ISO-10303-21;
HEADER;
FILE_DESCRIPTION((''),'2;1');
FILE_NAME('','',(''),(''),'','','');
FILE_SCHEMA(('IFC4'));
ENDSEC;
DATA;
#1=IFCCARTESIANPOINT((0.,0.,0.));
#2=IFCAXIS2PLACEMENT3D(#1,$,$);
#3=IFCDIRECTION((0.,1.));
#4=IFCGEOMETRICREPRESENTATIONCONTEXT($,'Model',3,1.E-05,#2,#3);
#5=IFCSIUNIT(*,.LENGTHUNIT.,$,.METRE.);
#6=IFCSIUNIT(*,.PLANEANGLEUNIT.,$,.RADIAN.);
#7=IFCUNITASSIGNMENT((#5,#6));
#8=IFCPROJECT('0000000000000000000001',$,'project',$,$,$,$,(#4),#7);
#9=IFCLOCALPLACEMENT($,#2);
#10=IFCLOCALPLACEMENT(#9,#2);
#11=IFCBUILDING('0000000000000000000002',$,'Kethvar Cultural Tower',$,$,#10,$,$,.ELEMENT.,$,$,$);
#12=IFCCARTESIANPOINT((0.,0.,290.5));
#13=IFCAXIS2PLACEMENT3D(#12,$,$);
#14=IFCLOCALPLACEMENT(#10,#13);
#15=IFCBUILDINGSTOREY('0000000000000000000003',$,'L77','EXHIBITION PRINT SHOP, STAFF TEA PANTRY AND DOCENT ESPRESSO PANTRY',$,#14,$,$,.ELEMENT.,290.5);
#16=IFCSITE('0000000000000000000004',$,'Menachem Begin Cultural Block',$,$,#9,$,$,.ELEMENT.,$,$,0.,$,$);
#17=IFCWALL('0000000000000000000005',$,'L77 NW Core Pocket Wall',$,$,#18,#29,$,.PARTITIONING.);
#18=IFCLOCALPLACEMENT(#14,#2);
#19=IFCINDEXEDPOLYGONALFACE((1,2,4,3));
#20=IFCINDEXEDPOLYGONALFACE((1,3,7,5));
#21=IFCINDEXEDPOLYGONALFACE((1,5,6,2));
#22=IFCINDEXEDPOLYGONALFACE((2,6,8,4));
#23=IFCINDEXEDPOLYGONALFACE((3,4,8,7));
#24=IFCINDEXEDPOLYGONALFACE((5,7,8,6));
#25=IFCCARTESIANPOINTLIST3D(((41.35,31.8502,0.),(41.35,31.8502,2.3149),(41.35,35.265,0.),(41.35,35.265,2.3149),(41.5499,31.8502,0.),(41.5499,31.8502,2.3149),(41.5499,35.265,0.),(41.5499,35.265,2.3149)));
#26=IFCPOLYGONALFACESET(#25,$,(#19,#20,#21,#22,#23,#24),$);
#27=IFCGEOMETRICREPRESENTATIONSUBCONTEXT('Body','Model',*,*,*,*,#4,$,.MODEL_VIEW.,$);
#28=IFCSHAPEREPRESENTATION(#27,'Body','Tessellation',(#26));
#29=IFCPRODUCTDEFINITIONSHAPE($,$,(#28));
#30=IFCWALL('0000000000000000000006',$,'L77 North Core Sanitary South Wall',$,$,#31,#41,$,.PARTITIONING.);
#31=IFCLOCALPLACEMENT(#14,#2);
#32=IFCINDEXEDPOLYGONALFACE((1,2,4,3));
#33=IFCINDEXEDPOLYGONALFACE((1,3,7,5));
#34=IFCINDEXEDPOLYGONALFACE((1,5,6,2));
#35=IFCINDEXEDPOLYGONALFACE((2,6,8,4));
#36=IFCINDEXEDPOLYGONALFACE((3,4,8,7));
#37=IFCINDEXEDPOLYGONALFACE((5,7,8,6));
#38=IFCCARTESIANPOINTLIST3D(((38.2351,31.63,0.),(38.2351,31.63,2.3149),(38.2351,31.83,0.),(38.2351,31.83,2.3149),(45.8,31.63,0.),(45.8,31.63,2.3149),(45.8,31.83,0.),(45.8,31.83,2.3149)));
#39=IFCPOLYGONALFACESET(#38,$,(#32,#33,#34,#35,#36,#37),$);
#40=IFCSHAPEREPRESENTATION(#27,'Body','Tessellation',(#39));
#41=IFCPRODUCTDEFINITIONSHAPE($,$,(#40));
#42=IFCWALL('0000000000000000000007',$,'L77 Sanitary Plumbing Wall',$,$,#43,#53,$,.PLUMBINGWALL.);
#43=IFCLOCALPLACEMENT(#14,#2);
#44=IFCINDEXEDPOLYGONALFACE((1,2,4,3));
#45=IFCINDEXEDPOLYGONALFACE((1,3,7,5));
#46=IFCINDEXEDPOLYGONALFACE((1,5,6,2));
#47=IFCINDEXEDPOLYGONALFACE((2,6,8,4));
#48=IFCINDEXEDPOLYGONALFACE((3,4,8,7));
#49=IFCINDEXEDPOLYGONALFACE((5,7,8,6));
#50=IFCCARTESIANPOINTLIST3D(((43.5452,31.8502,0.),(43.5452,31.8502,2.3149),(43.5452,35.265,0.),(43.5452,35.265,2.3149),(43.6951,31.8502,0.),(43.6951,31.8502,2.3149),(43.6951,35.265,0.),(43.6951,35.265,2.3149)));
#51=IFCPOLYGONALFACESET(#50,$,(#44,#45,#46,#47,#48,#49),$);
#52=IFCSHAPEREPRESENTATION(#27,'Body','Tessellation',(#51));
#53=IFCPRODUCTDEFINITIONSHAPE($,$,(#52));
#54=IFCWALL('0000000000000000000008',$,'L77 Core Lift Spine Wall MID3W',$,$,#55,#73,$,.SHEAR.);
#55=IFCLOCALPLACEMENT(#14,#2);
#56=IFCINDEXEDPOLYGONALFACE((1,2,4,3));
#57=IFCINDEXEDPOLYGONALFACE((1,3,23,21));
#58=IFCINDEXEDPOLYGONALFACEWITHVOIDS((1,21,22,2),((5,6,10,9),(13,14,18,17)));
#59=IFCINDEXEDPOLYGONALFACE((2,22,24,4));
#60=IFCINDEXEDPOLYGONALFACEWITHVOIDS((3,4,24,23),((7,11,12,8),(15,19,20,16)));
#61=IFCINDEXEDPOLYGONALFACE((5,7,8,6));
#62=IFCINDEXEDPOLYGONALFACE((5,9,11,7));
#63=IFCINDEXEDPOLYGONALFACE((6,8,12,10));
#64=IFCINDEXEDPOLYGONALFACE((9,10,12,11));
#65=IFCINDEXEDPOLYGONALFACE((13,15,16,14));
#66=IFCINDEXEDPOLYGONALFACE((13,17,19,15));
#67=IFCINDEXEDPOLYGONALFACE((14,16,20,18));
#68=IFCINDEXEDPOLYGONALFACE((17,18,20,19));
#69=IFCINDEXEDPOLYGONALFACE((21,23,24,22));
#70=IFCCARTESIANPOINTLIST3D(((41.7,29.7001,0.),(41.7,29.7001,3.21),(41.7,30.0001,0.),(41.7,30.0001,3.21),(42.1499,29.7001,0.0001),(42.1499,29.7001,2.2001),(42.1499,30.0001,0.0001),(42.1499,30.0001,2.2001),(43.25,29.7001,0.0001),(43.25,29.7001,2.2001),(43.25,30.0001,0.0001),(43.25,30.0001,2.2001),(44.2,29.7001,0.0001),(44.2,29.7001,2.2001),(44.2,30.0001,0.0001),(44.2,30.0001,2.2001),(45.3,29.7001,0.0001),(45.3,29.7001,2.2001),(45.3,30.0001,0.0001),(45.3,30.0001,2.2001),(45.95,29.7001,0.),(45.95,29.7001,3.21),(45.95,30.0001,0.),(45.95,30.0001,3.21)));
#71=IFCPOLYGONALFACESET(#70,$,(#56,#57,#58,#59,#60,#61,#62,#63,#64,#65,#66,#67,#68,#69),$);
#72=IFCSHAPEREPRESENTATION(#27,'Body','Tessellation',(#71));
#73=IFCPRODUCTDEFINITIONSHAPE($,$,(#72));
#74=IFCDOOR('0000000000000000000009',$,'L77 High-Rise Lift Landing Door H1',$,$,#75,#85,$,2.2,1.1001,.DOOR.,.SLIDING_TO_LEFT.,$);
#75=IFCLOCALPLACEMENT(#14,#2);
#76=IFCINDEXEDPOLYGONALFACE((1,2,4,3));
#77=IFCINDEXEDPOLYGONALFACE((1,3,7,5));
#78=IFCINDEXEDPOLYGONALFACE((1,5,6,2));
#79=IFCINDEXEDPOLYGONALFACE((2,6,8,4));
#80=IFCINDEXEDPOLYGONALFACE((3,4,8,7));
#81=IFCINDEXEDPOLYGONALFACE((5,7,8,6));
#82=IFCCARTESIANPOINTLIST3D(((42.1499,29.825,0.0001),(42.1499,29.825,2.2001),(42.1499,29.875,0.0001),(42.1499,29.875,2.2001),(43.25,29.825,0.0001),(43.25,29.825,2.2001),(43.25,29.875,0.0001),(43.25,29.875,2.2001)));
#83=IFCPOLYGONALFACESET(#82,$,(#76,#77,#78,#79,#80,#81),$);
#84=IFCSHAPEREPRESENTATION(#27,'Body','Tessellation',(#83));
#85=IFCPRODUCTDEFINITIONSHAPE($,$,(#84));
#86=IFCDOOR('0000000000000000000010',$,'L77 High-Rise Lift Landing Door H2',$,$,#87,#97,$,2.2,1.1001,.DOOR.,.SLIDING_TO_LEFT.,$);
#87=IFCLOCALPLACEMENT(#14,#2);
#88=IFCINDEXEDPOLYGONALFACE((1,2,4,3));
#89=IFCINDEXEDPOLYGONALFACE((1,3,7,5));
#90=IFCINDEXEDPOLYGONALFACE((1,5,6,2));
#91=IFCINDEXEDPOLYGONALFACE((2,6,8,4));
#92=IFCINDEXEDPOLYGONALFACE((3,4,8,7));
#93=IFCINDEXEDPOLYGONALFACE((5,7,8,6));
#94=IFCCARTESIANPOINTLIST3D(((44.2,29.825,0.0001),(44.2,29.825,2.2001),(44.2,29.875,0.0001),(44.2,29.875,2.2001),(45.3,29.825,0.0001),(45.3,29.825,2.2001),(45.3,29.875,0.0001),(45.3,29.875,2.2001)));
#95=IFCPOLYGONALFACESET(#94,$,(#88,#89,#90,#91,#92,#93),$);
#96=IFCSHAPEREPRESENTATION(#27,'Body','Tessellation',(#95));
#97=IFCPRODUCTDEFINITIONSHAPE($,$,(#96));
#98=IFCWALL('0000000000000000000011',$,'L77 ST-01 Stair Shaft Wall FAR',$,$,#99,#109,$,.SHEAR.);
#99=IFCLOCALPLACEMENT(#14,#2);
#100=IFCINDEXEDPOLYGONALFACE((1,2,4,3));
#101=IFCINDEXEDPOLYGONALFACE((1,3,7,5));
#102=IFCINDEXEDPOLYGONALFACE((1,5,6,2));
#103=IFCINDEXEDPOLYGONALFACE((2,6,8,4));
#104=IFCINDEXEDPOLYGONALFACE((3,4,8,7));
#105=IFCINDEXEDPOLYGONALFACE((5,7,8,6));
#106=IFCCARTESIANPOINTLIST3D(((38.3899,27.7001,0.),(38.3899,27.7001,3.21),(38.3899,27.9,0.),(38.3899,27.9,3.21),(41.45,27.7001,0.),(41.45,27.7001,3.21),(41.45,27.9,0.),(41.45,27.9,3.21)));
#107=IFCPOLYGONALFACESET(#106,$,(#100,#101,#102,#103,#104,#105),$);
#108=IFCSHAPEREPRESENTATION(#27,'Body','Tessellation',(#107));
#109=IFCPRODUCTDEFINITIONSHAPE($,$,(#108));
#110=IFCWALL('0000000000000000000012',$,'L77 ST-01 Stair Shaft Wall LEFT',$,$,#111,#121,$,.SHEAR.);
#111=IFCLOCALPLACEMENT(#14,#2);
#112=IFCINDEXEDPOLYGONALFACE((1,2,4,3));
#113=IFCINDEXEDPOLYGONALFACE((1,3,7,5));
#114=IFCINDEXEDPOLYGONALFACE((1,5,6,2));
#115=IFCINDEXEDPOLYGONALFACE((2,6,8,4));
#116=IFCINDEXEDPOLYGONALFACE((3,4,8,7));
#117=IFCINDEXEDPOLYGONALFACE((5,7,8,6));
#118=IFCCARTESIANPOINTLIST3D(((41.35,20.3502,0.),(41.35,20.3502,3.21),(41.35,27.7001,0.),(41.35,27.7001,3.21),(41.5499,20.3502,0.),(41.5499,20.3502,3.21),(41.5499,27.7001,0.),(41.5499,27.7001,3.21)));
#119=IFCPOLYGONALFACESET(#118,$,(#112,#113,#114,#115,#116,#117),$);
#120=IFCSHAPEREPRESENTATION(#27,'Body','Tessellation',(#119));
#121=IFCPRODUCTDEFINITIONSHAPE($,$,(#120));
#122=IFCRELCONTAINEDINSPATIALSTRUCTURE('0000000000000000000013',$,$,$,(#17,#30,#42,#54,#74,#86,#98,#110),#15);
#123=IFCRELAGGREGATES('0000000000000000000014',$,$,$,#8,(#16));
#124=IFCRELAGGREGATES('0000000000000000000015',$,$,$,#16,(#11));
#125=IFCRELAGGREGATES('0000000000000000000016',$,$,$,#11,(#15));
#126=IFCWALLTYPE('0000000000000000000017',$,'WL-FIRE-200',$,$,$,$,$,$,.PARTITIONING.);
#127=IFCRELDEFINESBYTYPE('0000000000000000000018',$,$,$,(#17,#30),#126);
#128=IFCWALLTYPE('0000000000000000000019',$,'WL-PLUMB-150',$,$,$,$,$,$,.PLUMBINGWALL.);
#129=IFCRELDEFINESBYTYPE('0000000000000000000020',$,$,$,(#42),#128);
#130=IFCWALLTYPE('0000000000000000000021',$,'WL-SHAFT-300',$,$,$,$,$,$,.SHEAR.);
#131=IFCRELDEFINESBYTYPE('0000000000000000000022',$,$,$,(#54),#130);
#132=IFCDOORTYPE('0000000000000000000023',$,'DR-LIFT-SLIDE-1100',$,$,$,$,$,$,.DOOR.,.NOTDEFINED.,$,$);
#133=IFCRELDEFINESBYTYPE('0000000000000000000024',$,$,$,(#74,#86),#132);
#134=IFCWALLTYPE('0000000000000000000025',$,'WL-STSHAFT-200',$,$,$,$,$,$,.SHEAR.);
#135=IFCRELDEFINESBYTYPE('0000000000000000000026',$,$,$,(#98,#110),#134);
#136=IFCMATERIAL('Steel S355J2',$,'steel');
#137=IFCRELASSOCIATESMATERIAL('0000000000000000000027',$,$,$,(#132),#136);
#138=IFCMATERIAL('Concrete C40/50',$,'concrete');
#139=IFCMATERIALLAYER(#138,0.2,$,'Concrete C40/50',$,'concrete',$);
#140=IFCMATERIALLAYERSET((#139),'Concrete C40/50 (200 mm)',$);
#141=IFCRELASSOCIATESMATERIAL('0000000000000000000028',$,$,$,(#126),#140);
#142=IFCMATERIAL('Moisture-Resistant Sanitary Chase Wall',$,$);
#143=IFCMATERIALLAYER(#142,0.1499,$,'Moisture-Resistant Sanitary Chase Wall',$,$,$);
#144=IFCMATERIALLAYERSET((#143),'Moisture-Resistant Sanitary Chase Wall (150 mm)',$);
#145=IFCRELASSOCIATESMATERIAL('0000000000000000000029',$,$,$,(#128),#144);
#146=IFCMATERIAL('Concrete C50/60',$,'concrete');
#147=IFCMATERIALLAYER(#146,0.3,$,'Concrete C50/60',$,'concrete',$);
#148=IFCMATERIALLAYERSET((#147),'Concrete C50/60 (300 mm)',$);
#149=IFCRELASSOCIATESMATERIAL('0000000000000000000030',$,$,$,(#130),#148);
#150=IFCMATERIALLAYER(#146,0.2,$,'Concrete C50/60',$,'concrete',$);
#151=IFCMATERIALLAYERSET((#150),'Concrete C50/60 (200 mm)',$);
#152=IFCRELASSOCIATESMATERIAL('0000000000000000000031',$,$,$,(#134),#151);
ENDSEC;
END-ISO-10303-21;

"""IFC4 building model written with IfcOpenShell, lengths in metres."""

from ifc_helpers import new_model, si_unit, direction, frame, frame_2d, origin, place, context, subcontext, project, spatial, rectangle, extrude, source, transform, mapped, material, layer, layer_set, type_object, element, fill, save


model = new_model("IFC4")

# Units and contexts
model_context = context("Model", 3, precision=1e-05, world=origin(), true_north=direction((0.0, 1.0)))
body_context = subcontext(model_context, "Body", "Model", "MODEL_VIEW")
ifc_project = project(units=[si_unit("LENGTHUNIT", "METRE"), si_unit("PLANEANGLEUNIT", "RADIAN")], contexts=[model_context])

# Site, building, storey
site_placement = place(None, origin())
site = spatial("IfcSite", under=ifc_project, at=site_placement, Name="Menachem Begin Cultural Block", CompositionType="ELEMENT", RefElevation=0.0)
building_placement = place(site_placement, origin())
building = spatial("IfcBuilding", under=site, at=building_placement, Name="Kethvar Cultural Tower", CompositionType="ELEMENT")
storey_placement = place(building_placement, frame((0.0, 0.0, 290.5)))
storey = spatial("IfcBuildingStorey", under=building, at=storey_placement, Name="L77", Description="EXHIBITION PRINT SHOP, STAFF TEA PANTRY AND DOCENT ESPRESSO PANTRY", CompositionType="ELEMENT", Elevation=290.5)

# Shared definitions
ifc_material_1 = material(Name="Steel S355J2", Category="steel")

# Shared definitions
ifc_material_2 = material(Name="Concrete C50/60", Category="concrete")
door_type_1 = type_object("IfcDoorType", Name="DR-LIFT-SLIDE-1100", OperationType="NOTDEFINED", PredefinedType="DOOR", material=ifc_material_1)
shared_shape_1 = source(origin(), body_context, "Body", "SweptSolid", [
    extrude(rectangle(XDim=1.1001, YDim=2.2, at=frame_2d((0.55, 1.1001))), frame((0.0, 0.0249, 0.0), z_axis=(0.0, -1.0, 0.0), x_axis=(1.0, 0.0, 0.0)), (0.0, 0.0, 1.0), 0.05),
])

# Shared definitions
ifc_material_3 = material(Name="Concrete C40/50", Category="concrete")
ifc_layer_1 = layer(ifc_material_3, 0.2, Name="Concrete C40/50", Category="concrete")
ifc_layer_set_1 = layer_set([ifc_layer_1], Name="Concrete C40/50 (200 mm)")
wall_type_1 = type_object("IfcWallType", Name="WL-FIRE-200", PredefinedType="PARTITIONING", material=ifc_layer_set_1)

# Walls
wall_1_placement = place(storey_placement, frame((41.45, 31.8501, 0.0), z_axis=(0.0, 0.0, 1.0), x_axis=(0.0, 1.0, 0.0)))
element("IfcWall", 1, at=wall_1_placement, inside=storey, type_object=wall_type_1, Name="L77 NW Core Pocket Wall", PredefinedType="PARTITIONING", context=body_context, shape_type="SweptSolid", body=[
    extrude(rectangle(XDim=3.4148, YDim=0.2, at=frame_2d((1.7075, 0.0))), origin(), (0.0, 0.0, 1.0), 2.3149),
])
wall_2_placement = place(storey_placement, frame((38.2351, 31.73, 0.0), z_axis=(0.0, 0.0, 1.0), x_axis=(1.0, 0.0, 0.0)))
element("IfcWall", 2, at=wall_2_placement, inside=storey, type_object=wall_type_1, Name="L77 North Core Sanitary South Wall", PredefinedType="PARTITIONING", context=body_context, shape_type="SweptSolid", body=[
    extrude(rectangle(XDim=7.5649, YDim=0.2, at=frame_2d((3.7825, 0.0))), origin(), (0.0, 0.0, 1.0), 2.3149),
])
ifc_material_4 = material(Name="Moisture-Resistant Sanitary Chase Wall")
ifc_layer_2 = layer(ifc_material_4, 0.1499, Name="Moisture-Resistant Sanitary Chase Wall")
ifc_layer_set_2 = layer_set([ifc_layer_2], Name="Moisture-Resistant Sanitary Chase Wall (150 mm)")
wall_type_2 = type_object("IfcWallType", Name="WL-PLUMB-150", PredefinedType="PLUMBINGWALL", material=ifc_layer_set_2)
wall_3_placement = place(storey_placement, frame((43.6201, 31.8501, 0.0), z_axis=(0.0, 0.0, 1.0), x_axis=(0.0, 1.0, 0.0)))
element("IfcWall", 3, at=wall_3_placement, inside=storey, type_object=wall_type_2, Name="L77 Sanitary Plumbing Wall", PredefinedType="PLUMBINGWALL", context=body_context, shape_type="SweptSolid", body=[
    extrude(rectangle(XDim=3.4148, YDim=0.1499, at=frame_2d((1.7075, 0.0))), origin(), (0.0, 0.0, 1.0), 2.3149),
])

# Shared definitions
ifc_layer_3 = layer(ifc_material_2, 0.3, Name="Concrete C50/60", Category="concrete")
ifc_layer_set_3 = layer_set([ifc_layer_3], Name="Concrete C50/60 (300 mm)")
wall_type_3 = type_object("IfcWallType", Name="WL-SHAFT-300", PredefinedType="SHEAR", material=ifc_layer_set_3)

# Wall, openings, doors
wall_4_placement = place(storey_placement, frame((41.7, 29.8501, 0.0), z_axis=(0.0, 0.0, 1.0), x_axis=(1.0, 0.0, 0.0)))
wall_4 = element("IfcWall", 4, at=wall_4_placement, inside=storey, type_object=wall_type_3, Name="L77 Core Lift Spine Wall MID3W", PredefinedType="SHEAR", context=body_context, shape_type="SweptSolid", body=[
    extrude(rectangle(XDim=4.25, YDim=0.3, at=frame_2d((2.125, 0.0))), origin(), (0.0, 0.0, 1.0), 3.21),
])
opening_1_placement = place(wall_4_placement, frame((0.45, 0.0, 0.0)))
opening_1 = element("IfcOpeningElement", 5, at=opening_1_placement, cuts=wall_4, PredefinedType="OPENING", context=body_context, shape_type="SweptSolid", body=[
    extrude(rectangle(XDim=1.1001, YDim=2.2, at=frame_2d((0.55, 1.1001))), frame((0.0, 0.1599, 0.0), z_axis=(0.0, -1.0, 0.0), x_axis=(1.0, 0.0, 0.0)), (0.0, 0.0, 1.0), 0.3201),
])
opening_2_placement = place(wall_4_placement, frame((2.5, 0.0, 0.0)))
opening_2 = element("IfcOpeningElement", 6, at=opening_2_placement, cuts=wall_4, PredefinedType="OPENING", context=body_context, shape_type="SweptSolid", body=[
    extrude(rectangle(XDim=1.1001, YDim=2.2, at=frame_2d((0.55, 1.1001))), frame((0.0, 0.1599, 0.0), z_axis=(0.0, -1.0, 0.0), x_axis=(1.0, 0.0, 0.0)), (0.0, 0.0, 1.0), 0.3201),
])
door_1_placement = place(opening_1_placement, origin())
door_1 = element("IfcDoor", 7, at=door_1_placement, inside=storey, type_object=door_type_1, Name="L77 High-Rise Lift Landing Door H1", OperationType="SLIDING_TO_LEFT", OverallHeight=2.2, OverallWidth=1.1001, PredefinedType="DOOR", context=body_context, shape_type="MappedRepresentation", body=[
    mapped(shared_shape_1, transform((0.0, 0.0, 0.0), scale=1.0)),
])
fill(opening_1, door_1)
door_2_placement = place(opening_2_placement, origin())
door_2 = element("IfcDoor", 8, at=door_2_placement, inside=storey, type_object=door_type_1, Name="L77 High-Rise Lift Landing Door H2", OperationType="SLIDING_TO_LEFT", OverallHeight=2.2, OverallWidth=1.1001, PredefinedType="DOOR", context=body_context, shape_type="MappedRepresentation", body=[
    mapped(shared_shape_1, transform((0.0, 0.0, 0.0), scale=1.0)),
])
fill(opening_2, door_2)

# Walls
ifc_layer_4 = layer(ifc_material_2, 0.2, Name="Concrete C50/60", Category="concrete")
ifc_layer_set_4 = layer_set([ifc_layer_4], Name="Concrete C50/60 (200 mm)")
wall_type_4 = type_object("IfcWallType", Name="WL-STSHAFT-200", PredefinedType="SHEAR", material=ifc_layer_set_4)
wall_5_placement = place(storey_placement, frame((38.3899, 27.8, 0.0), z_axis=(0.0, 0.0, 1.0), x_axis=(1.0, 0.0, 0.0)))
element("IfcWall", 9, at=wall_5_placement, inside=storey, type_object=wall_type_4, Name="L77 ST-01 Stair Shaft Wall FAR", PredefinedType="SHEAR", context=body_context, shape_type="SweptSolid", body=[
    extrude(rectangle(XDim=3.0601, YDim=0.2, at=frame_2d((1.53, 0.0))), origin(), (0.0, 0.0, 1.0), 3.21),
])
wall_6_placement = place(storey_placement, frame((41.45, 27.7, 0.0), z_axis=(0.0, 0.0, 1.0), x_axis=(0.0, -1.0, 0.0)))
element("IfcWall", 10, at=wall_6_placement, inside=storey, type_object=wall_type_4, Name="L77 ST-01 Stair Shaft Wall LEFT", PredefinedType="SHEAR", context=body_context, shape_type="SweptSolid", body=[
    extrude(rectangle(XDim=7.3499, YDim=0.2, at=frame_2d((3.6748, 0.0))), origin(), (0.0, 0.0, 1.0), 3.21),
])

save(model, "model.ifc")
